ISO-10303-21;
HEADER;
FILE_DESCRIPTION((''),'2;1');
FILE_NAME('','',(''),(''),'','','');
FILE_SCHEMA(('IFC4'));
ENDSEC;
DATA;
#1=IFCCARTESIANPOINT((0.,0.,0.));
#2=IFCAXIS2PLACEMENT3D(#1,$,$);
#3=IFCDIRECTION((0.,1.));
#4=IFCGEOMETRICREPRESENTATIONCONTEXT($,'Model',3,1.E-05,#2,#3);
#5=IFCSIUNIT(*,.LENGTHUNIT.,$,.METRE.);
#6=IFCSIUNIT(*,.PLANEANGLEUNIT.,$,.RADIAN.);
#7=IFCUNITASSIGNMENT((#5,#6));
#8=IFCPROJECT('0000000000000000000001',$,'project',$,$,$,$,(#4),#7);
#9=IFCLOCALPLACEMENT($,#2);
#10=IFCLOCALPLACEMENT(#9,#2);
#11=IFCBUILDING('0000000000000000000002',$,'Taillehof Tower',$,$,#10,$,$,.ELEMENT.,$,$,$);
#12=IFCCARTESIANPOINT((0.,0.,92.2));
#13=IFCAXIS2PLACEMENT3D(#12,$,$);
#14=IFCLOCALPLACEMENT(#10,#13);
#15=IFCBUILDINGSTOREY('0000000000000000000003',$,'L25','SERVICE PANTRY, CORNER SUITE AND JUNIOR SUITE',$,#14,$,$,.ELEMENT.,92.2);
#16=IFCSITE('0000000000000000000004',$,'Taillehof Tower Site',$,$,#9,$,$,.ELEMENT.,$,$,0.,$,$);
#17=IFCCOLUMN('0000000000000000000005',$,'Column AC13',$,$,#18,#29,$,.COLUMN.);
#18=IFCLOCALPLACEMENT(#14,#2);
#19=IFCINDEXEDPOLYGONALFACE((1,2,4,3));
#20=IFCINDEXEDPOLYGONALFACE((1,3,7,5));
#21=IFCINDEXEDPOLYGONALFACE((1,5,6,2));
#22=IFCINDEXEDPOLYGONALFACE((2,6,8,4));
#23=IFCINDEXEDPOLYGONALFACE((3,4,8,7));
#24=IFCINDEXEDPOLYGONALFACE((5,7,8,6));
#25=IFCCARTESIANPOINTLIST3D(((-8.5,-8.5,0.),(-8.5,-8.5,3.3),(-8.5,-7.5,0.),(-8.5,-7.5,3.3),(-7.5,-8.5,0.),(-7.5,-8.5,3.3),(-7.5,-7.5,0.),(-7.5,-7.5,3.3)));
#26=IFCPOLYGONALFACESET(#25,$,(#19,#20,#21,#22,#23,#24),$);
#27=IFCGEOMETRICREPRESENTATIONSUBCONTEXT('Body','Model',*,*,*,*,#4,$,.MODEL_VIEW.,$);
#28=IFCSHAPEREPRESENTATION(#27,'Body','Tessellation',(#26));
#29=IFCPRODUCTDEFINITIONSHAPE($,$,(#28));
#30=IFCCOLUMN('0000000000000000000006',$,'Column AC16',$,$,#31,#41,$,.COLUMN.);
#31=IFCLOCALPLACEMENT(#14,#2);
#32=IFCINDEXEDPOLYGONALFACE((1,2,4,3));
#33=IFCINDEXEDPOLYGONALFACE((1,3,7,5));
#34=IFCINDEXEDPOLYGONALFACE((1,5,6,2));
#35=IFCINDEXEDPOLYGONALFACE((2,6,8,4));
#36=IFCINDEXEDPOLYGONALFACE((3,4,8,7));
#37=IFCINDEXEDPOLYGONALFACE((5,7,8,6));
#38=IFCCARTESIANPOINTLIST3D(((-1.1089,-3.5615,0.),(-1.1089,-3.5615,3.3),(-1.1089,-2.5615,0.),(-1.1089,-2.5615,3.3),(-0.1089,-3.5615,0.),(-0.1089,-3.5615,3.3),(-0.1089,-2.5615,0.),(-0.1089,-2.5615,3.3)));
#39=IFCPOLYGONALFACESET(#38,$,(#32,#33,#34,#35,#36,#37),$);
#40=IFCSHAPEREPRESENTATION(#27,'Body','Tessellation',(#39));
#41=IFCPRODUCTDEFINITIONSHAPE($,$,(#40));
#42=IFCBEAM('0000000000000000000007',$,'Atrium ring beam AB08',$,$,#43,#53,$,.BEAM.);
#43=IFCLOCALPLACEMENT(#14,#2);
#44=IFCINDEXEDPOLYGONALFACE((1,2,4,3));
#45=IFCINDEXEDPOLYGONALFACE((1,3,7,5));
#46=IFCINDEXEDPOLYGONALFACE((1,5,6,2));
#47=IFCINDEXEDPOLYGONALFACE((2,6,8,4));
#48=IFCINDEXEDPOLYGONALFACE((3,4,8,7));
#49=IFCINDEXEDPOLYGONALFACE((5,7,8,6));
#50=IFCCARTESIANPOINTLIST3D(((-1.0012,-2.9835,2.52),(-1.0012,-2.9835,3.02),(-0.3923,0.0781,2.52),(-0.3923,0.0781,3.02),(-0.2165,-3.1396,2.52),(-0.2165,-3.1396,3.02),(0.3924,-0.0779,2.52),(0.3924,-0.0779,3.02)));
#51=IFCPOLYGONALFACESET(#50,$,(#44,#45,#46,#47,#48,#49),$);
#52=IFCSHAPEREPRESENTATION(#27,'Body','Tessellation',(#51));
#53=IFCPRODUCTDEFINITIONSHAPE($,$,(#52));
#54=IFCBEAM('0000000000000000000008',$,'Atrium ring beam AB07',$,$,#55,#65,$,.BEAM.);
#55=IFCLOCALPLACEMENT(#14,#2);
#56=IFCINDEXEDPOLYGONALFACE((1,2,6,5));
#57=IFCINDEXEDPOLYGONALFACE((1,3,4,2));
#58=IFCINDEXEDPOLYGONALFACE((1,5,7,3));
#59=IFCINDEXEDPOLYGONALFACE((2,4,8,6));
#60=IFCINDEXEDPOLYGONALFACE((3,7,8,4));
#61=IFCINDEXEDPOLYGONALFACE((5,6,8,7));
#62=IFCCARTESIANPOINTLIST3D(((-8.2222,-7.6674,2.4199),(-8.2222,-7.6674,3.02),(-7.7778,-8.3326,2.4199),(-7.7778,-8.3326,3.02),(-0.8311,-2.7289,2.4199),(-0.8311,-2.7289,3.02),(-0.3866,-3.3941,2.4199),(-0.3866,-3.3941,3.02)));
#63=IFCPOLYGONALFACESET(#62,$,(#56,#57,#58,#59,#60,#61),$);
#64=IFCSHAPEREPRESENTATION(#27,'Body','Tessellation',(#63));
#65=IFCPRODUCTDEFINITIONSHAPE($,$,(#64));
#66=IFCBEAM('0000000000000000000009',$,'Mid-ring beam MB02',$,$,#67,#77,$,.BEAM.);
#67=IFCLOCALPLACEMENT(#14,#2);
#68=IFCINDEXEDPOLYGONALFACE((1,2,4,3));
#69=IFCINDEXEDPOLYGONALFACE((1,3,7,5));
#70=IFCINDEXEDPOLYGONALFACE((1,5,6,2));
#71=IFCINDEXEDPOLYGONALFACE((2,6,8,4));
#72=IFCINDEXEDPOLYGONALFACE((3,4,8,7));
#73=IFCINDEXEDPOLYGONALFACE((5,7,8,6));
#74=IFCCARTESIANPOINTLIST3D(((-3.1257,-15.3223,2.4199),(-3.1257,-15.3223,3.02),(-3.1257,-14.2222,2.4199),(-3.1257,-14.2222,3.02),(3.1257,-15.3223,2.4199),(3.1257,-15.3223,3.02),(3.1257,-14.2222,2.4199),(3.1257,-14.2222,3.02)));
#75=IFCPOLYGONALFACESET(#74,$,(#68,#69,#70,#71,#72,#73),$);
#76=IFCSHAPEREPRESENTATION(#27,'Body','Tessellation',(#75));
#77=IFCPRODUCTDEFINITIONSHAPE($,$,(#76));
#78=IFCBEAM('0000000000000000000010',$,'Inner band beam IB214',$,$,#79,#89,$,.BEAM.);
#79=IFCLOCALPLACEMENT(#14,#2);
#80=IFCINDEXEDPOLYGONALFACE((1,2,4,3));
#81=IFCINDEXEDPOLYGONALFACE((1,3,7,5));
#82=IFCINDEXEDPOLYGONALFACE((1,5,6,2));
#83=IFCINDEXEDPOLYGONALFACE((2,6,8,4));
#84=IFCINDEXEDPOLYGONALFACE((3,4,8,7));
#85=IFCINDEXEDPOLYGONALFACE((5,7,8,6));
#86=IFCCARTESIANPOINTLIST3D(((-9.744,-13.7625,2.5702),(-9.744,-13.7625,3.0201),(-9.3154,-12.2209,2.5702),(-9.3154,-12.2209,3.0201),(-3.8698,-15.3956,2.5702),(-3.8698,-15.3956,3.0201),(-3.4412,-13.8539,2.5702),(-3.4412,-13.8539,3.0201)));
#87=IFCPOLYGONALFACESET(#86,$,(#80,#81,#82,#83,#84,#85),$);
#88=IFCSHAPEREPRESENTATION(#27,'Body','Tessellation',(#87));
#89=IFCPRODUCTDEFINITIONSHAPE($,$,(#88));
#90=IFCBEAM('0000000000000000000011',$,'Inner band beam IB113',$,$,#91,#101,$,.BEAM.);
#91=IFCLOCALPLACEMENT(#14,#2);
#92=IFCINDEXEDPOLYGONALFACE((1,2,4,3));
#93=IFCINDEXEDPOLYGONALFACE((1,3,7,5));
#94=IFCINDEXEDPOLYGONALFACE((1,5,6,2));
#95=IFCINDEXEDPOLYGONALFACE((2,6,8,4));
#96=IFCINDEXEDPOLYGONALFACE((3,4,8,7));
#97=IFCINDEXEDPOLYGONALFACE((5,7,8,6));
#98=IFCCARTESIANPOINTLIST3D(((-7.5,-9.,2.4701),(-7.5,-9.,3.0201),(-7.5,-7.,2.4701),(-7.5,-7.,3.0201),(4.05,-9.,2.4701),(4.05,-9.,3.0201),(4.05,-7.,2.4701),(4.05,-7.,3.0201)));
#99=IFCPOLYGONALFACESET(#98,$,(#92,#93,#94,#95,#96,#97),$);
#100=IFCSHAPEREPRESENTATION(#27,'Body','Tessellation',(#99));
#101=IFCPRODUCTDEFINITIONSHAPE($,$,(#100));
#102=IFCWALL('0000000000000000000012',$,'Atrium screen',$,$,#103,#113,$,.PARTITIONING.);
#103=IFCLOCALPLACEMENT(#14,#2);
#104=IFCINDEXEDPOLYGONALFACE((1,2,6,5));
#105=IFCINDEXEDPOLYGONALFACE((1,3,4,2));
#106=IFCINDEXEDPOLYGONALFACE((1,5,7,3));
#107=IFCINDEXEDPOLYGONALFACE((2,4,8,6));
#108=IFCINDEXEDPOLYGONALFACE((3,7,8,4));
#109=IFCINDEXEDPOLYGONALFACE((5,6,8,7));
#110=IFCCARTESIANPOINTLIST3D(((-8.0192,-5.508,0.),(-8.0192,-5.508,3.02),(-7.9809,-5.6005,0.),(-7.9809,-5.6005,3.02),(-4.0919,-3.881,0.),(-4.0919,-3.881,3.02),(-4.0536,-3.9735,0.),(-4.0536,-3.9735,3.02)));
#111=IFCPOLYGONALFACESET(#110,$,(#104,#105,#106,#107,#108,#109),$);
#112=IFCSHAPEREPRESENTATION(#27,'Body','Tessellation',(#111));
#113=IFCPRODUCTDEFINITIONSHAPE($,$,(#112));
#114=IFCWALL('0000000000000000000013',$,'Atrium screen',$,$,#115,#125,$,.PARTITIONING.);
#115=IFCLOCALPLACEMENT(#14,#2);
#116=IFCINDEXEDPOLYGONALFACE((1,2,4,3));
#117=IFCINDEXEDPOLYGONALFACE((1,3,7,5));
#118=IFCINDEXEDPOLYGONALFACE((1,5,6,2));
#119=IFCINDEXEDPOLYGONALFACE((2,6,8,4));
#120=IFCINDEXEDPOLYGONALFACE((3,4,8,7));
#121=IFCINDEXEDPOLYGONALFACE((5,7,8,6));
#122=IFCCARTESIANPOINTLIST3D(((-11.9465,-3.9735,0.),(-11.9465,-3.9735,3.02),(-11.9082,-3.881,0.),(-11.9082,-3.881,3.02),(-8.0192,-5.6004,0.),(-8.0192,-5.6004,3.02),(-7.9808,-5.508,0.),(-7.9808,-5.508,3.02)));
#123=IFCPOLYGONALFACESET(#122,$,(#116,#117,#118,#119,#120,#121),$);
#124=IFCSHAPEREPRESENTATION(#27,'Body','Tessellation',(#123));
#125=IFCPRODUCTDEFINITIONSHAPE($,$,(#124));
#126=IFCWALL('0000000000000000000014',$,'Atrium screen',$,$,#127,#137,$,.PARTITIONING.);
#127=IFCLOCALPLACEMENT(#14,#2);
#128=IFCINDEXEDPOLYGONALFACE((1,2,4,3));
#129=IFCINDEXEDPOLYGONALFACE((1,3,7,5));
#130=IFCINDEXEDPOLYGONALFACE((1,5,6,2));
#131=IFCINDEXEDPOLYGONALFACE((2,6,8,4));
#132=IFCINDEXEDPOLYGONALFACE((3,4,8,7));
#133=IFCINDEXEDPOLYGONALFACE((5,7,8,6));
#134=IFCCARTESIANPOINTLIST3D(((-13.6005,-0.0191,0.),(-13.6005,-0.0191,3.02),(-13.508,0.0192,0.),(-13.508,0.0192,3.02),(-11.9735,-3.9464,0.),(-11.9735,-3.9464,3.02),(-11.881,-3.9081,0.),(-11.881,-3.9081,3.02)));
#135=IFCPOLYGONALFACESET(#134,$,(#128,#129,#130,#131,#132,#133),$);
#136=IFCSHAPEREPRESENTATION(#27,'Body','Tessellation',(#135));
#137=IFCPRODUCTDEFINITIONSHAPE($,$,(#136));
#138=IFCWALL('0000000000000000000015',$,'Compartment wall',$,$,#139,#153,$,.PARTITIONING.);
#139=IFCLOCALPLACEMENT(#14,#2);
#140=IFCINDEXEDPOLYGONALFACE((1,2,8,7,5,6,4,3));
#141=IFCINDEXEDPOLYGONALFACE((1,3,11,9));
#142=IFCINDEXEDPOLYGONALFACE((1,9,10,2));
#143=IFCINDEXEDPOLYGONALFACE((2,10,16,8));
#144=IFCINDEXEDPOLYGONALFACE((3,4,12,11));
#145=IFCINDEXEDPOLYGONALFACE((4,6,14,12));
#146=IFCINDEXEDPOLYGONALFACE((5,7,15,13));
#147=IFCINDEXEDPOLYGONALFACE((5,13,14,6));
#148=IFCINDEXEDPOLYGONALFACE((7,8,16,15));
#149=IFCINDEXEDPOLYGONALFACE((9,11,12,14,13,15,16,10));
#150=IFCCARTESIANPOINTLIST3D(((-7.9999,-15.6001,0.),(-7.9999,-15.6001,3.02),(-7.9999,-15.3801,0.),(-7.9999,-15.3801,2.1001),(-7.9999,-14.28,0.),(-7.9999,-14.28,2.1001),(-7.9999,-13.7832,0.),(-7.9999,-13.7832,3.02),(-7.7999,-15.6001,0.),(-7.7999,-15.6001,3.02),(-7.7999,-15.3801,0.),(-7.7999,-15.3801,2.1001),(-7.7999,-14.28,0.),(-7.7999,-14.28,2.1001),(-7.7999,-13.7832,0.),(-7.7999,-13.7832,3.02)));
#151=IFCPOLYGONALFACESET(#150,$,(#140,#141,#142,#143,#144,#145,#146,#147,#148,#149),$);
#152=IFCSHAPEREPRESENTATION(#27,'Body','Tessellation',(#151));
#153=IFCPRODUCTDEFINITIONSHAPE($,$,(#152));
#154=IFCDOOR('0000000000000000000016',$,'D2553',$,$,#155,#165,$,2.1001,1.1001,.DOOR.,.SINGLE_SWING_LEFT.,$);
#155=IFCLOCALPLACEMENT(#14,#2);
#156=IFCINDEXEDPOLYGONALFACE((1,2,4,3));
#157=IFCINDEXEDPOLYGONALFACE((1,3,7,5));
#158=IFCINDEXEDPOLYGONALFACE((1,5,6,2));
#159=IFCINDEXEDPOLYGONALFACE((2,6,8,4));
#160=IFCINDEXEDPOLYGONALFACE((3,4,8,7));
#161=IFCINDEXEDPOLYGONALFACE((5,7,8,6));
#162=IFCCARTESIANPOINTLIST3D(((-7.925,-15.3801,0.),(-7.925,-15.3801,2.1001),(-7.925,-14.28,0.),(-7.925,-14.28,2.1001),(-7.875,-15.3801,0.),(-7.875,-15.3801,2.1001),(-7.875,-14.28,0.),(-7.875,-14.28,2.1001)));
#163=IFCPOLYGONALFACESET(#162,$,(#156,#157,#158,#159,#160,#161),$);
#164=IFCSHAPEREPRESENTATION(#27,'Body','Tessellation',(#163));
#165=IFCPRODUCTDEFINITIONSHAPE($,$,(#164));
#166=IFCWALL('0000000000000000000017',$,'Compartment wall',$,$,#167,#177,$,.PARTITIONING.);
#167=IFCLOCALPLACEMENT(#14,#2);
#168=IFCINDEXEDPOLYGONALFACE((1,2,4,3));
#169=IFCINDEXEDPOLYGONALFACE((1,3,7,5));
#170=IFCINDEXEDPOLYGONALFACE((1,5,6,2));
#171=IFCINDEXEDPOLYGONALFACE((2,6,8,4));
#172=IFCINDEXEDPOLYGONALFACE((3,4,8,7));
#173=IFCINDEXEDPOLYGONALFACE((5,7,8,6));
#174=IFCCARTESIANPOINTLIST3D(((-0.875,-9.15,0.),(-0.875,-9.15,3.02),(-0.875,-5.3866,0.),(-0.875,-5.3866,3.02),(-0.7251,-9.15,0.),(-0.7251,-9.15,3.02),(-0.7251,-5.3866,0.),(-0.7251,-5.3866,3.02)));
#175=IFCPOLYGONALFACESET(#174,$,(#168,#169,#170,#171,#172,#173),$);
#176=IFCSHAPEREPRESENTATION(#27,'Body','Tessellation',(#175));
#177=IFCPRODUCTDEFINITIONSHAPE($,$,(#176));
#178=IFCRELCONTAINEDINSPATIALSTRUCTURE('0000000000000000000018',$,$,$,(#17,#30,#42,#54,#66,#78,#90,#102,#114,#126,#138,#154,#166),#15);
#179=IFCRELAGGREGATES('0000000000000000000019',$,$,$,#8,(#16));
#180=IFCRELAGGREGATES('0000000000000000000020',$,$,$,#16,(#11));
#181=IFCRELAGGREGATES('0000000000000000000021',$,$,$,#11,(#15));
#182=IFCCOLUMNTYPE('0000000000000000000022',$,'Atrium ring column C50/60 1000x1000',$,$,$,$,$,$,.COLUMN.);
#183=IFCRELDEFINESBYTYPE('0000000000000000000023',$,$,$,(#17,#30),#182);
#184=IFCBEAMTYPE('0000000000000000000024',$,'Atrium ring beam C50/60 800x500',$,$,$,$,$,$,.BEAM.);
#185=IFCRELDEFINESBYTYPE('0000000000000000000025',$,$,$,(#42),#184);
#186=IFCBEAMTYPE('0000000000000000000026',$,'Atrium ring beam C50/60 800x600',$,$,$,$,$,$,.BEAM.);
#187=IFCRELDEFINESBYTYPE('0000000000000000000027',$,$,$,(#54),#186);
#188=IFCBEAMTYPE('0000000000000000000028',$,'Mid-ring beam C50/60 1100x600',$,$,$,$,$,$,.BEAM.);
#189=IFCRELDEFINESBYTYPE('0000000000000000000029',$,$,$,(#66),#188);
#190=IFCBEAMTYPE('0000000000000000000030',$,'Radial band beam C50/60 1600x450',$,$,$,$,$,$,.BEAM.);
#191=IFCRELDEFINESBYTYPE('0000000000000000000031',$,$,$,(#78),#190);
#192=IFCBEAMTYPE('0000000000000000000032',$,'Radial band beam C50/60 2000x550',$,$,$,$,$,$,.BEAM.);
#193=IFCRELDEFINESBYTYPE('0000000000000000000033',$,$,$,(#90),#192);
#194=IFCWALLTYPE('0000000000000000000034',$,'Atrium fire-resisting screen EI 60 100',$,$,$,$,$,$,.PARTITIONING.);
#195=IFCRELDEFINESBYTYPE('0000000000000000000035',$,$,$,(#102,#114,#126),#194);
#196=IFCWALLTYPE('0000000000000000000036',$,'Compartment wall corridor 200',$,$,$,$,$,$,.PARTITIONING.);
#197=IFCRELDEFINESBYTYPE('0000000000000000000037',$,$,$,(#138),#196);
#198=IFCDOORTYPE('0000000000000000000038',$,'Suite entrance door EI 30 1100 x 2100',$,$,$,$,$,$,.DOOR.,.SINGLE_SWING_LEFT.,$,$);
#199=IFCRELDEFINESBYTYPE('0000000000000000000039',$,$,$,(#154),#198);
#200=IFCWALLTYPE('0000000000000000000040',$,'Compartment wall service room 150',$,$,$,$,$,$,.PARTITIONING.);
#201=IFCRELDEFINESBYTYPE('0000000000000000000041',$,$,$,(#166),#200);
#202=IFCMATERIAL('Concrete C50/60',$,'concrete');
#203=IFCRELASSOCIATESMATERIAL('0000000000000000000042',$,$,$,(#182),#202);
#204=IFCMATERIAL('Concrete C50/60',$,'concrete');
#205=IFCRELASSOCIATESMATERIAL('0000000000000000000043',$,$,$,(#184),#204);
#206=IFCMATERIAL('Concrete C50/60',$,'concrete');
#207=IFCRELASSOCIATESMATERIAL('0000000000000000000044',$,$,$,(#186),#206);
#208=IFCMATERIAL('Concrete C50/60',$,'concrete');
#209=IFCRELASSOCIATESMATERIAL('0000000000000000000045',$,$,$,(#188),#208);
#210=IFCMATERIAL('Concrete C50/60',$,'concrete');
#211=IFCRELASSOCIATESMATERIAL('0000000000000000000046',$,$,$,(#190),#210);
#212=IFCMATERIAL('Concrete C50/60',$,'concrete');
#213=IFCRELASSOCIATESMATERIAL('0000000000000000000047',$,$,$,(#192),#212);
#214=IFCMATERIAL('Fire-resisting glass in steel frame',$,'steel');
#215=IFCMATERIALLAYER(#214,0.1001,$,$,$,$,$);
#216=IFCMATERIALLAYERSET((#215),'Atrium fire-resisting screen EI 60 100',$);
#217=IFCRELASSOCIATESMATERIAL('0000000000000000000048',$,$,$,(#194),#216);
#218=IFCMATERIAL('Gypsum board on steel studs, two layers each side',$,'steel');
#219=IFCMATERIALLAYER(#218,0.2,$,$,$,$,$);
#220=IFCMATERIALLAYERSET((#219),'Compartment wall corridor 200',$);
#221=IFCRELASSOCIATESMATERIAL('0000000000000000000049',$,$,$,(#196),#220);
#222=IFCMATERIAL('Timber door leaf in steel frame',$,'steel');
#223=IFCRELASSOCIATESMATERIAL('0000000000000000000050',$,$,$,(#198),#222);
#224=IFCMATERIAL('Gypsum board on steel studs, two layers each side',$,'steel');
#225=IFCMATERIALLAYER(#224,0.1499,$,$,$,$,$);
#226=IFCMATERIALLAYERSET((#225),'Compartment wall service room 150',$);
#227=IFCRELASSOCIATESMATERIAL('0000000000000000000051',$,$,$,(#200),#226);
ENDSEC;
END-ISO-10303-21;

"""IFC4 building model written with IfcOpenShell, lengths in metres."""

from ifc_helpers import new_model, si_unit, direction, frame, frame_2d, origin, origin_2d, place, context, subcontext, project, spatial, rectangle, extrude, material, layer, layer_set, material_profile, profile_set, type_object, element, fill, save


model = new_model("IFC4")

# Units and contexts
model_context = context("Model", 3, precision=1e-05, world=origin(), true_north=direction((0.0, 1.0)))
body_context = subcontext(model_context, "Body", "Model", "MODEL_VIEW")
ifc_project = project(units=[si_unit("LENGTHUNIT", "METRE"), si_unit("PLANEANGLEUNIT", "RADIAN")], contexts=[model_context])

# Site, building, storey
site_placement = place(None, origin())
site = spatial("IfcSite", under=ifc_project, at=site_placement, Name="Taillehof Tower Site", CompositionType="ELEMENT", RefElevation=0.0)
building_placement = place(site_placement, origin())
building = spatial("IfcBuilding", under=site, at=building_placement, Name="Taillehof Tower", CompositionType="ELEMENT")
storey_placement = place(building_placement, frame((0.0, 0.0, 92.2)))
storey = spatial("IfcBuildingStorey", under=building, at=storey_placement, Name="L25", Description="SERVICE PANTRY, CORNER SUITE AND JUNIOR SUITE", CompositionType="ELEMENT", Elevation=92.2)

# Columns
ifc_material_1 = material(Name="Concrete C50/60", Category="concrete")
ifc_material_profile_1 = material_profile(ifc_material_1, rectangle(XDim=1.0, YDim=1.0, at=origin_2d()), Name="RC 1000x1000")
ifc_profile_set_1 = profile_set([ifc_material_profile_1], Name="Concrete C50/60")
column_type = type_object("IfcColumnType", Name="Atrium ring column C50/60 1000x1000", PredefinedType="COLUMN", material=ifc_profile_set_1)
for number, where, z_axis, x_axis, name in (
    (1, (-8.0, -8.0, 0.0), (0.0, 0.0, 1.0), (1.0, 0.0, 0.0), "Column AC13"),
    (2, (-0.6089, -3.0615, 0.0), (0.0, 0.0, 1.0), (1.0, 0.0, 0.0), "Column AC16"),
):
    element("IfcColumn", number, at=place(storey_placement, frame(where, z_axis=z_axis, x_axis=x_axis)), inside=storey, type_object=column_type, Name=name, PredefinedType="COLUMN", context=body_context, shape_type="SweptSolid", body=[
        extrude(rectangle(XDim=1.0, YDim=1.0, at=origin_2d()), origin(), (0.0, 0.0, 1.0), 3.3),
    ])

# Beams
ifc_material_2 = material(Name="Concrete C50/60", Category="concrete")
ifc_material_profile_2 = material_profile(ifc_material_2, rectangle(XDim=0.8, YDim=0.5, at=origin_2d()), Name="RC 800x500")
ifc_profile_set_2 = profile_set([ifc_material_profile_2], Name="Concrete C50/60")
beam_type_1 = type_object("IfcBeamType", Name="Atrium ring beam C50/60 800x500", PredefinedType="BEAM", material=ifc_profile_set_2)
beam_1_placement = place(storey_placement, frame((-0.6089, -3.0615, 2.77), z_axis=(0.195063, 0.980791, 0.0), x_axis=(-0.980791, 0.195063, 0.0)))
element("IfcBeam", 3, at=beam_1_placement, inside=storey, type_object=beam_type_1, Name="Atrium ring beam AB08", PredefinedType="BEAM", context=body_context, shape_type="SweptSolid", body=[
    extrude(rectangle(XDim=0.8, YDim=0.5, at=origin_2d()), origin(), (0.0, 0.0, 1.0), 3.1216),
])
ifc_material_3 = material(Name="Concrete C50/60", Category="concrete")
ifc_material_profile_3 = material_profile(ifc_material_3, rectangle(XDim=0.8, YDim=0.6001, at=origin_2d()), Name="RC 800x600")
ifc_profile_set_3 = profile_set([ifc_material_profile_3], Name="Concrete C50/60")
beam_type_2 = type_object("IfcBeamType", Name="Atrium ring beam C50/60 800x600", PredefinedType="BEAM", material=ifc_profile_set_3)
beam_2_placement = place(storey_placement, frame((-8.0, -8.0, 2.72), z_axis=(0.831475, 0.555562, 0.0), x_axis=(-0.555562, 0.831475, 0.0)))
element("IfcBeam", 4, at=beam_2_placement, inside=storey, type_object=beam_type_2, Name="Atrium ring beam AB07", PredefinedType="BEAM", context=body_context, shape_type="SweptSolid", body=[
    extrude(rectangle(XDim=0.8, YDim=0.6001, at=origin_2d()), origin(), (0.0, 0.0, 1.0), 8.8892),
])
ifc_material_4 = material(Name="Concrete C50/60", Category="concrete")
ifc_material_profile_4 = material_profile(ifc_material_4, rectangle(XDim=1.1001, YDim=0.6001, at=origin_2d()), Name="RC 1100x600")
ifc_profile_set_4 = profile_set([ifc_material_profile_4], Name="Concrete C50/60")
beam_type_3 = type_object("IfcBeamType", Name="Mid-ring beam C50/60 1100x600", PredefinedType="BEAM", material=ifc_profile_set_4)
beam_3_placement = place(storey_placement, frame((-3.1257, -14.7722, 2.72), z_axis=(1.0, 0.0, 0.0), x_axis=(0.0, 1.0, 0.0)))
element("IfcBeam", 5, at=beam_3_placement, inside=storey, type_object=beam_type_3, Name="Mid-ring beam MB02", PredefinedType="BEAM", context=body_context, shape_type="SweptSolid", body=[
    extrude(rectangle(XDim=1.1001, YDim=0.6001, at=origin_2d()), origin(), (0.0, 0.0, 1.0), 6.2515),
])
ifc_material_5 = material(Name="Concrete C50/60", Category="concrete")
ifc_material_profile_5 = material_profile(ifc_material_5, rectangle(XDim=1.6001, YDim=0.45, at=origin_2d()), Name="RC 1600x450")
ifc_profile_set_5 = profile_set([ifc_material_profile_5], Name="Concrete C50/60")
beam_type_4 = type_object("IfcBeamType", Name="Radial band beam C50/60 1600x450", PredefinedType="BEAM", material=ifc_profile_set_5)
beam_4_placement = place(storey_placement, frame((-3.6555, -14.6248, 2.7952), z_axis=(-0.963459, 0.267855, 0.0), x_axis=(-0.267855, -0.963459, 0.0)))
element("IfcBeam", 6, at=beam_4_placement, inside=storey, type_object=beam_type_4, Name="Inner band beam IB214", PredefinedType="BEAM", context=body_context, shape_type="SweptSolid", body=[
    extrude(rectangle(XDim=1.6001, YDim=0.45, at=origin_2d()), origin(), (0.0, 0.0, 1.0), 6.0969),
])
ifc_material_6 = material(Name="Concrete C50/60", Category="concrete")
ifc_material_profile_6 = material_profile(ifc_material_6, rectangle(XDim=2.0, YDim=0.55, at=origin_2d()), Name="RC 2000x550")
ifc_profile_set_6 = profile_set([ifc_material_profile_6], Name="Concrete C50/60")
beam_type_5 = type_object("IfcBeamType", Name="Radial band beam C50/60 2000x550", PredefinedType="BEAM", material=ifc_profile_set_6)
beam_5_placement = place(storey_placement, frame((-7.5, -8.0, 2.7451), z_axis=(1.0, 0.0, 0.0), x_axis=(0.0, 1.0, 0.0)))
element("IfcBeam", 7, at=beam_5_placement, inside=storey, type_object=beam_type_5, Name="Inner band beam IB113", PredefinedType="BEAM", context=body_context, shape_type="SweptSolid", body=[
    extrude(rectangle(XDim=2.0, YDim=0.55, at=origin_2d()), origin(), (0.0, 0.0, 1.0), 11.55),
])

# Walls
ifc_material_7 = material(Name="Fire-resisting glass in steel frame", Category="steel")
ifc_layer_1 = layer(ifc_material_7, 0.1001)
ifc_layer_set_1 = layer_set([ifc_layer_1], Name="Atrium fire-resisting screen EI 60 100")
wall_type_1 = type_object("IfcWallType", Name="Atrium fire-resisting screen EI 60 100", PredefinedType="PARTITIONING", material=ifc_layer_set_1)
for number, where, z_axis, x_axis, name in (
    (8, (-4.0728, -3.9272, 0.0), (0.0, 0.0, 1.0), (-0.92386, -0.382731, 0.0), "Atrium screen"),
    (9, (-8.0, -5.5542, 0.0), (0.0, 0.0, 1.0), (-0.92386, 0.382731, 0.0), "Atrium screen"),
    (10, (-11.9272, -3.9272, 0.0), (0.0, 0.0, 1.0), (-0.382731, 0.92386, 0.0), "Atrium screen"),
):
    element("IfcWall", number, at=place(storey_placement, frame(where, z_axis=z_axis, x_axis=x_axis)), inside=storey, type_object=wall_type_1, Name=name, PredefinedType="PARTITIONING", context=body_context, shape_type="SweptSolid", body=[
        extrude(rectangle(XDim=4.251, YDim=0.1001, at=frame_2d((2.1255, 0.0))), origin(), (0.0, 0.0, 1.0), 3.02),
    ])

# Wall, opening, door
ifc_material_8 = material(Name="Gypsum board on steel studs, two layers each side", Category="steel")
ifc_layer_2 = layer(ifc_material_8, 0.2)
ifc_layer_set_2 = layer_set([ifc_layer_2], Name="Compartment wall corridor 200")
wall_type_2 = type_object("IfcWallType", Name="Compartment wall corridor 200", PredefinedType="PARTITIONING", material=ifc_layer_set_2)
wall_1_placement = place(storey_placement, frame((-7.8999, -13.7832, 0.0), z_axis=(0.0, 0.0, 1.0), x_axis=(0.0, -1.0, 0.0)))
wall_1 = element("IfcWall", 11, at=wall_1_placement, inside=storey, type_object=wall_type_2, Name="Compartment wall", PredefinedType="PARTITIONING", context=body_context, shape_type="SweptSolid", body=[
    extrude(rectangle(XDim=1.8169, YDim=0.2, at=frame_2d((0.9084, 0.0))), origin(), (0.0, 0.0, 1.0), 3.02),
])
opening_1_placement = place(wall_1_placement, frame((0.4968, 0.0, 0.0)))
opening_1 = element("IfcOpeningElement", 12, at=opening_1_placement, cuts=wall_1, PredefinedType="OPENING", context=body_context, shape_type="SweptSolid", body=[
    extrude(rectangle(XDim=1.1001, YDim=2.1001, at=frame_2d((0.55, 1.05))), frame((0.0, 0.1099, 0.0), z_axis=(0.0, -1.0, 0.0), x_axis=(1.0, 0.0, 0.0)), (0.0, 0.0, 1.0), 0.22),
])
ifc_material_9 = material(Name="Timber door leaf in steel frame", Category="steel")
door_type_1 = type_object("IfcDoorType", Name="Suite entrance door EI 30 1100 x 2100", OperationType="SINGLE_SWING_LEFT", PredefinedType="DOOR", material=ifc_material_9)
door_1_placement = place(opening_1_placement, origin())
door_1 = element("IfcDoor", 13, at=door_1_placement, inside=storey, type_object=door_type_1, Name="D2553", OperationType="SINGLE_SWING_LEFT", OverallHeight=2.1001, OverallWidth=1.1001, PredefinedType="DOOR", context=body_context, shape_type="SweptSolid", body=[
    extrude(rectangle(XDim=1.1001, YDim=2.1001, at=frame_2d((0.55, 1.05))), frame((0.0, 0.0249, 0.0), z_axis=(0.0, -1.0, 0.0), x_axis=(1.0, 0.0, 0.0)), (0.0, 0.0, 1.0), 0.05),
])
fill(opening_1, door_1)

# Wall
ifc_material_10 = material(Name="Gypsum board on steel studs, two layers each side", Category="steel")
ifc_layer_3 = layer(ifc_material_10, 0.1499)
ifc_layer_set_3 = layer_set([ifc_layer_3], Name="Compartment wall service room 150")
wall_type_3 = type_object("IfcWallType", Name="Compartment wall service room 150", PredefinedType="PARTITIONING", material=ifc_layer_set_3)
wall_2_placement = place(storey_placement, frame((-0.8, -5.3865, 0.0), z_axis=(0.0, 0.0, 1.0), x_axis=(0.0, -1.0, 0.0)))
element("IfcWall", 14, at=wall_2_placement, inside=storey, type_object=wall_type_3, Name="Compartment wall", PredefinedType="PARTITIONING", context=body_context, shape_type="SweptSolid", body=[
    extrude(rectangle(XDim=3.7634, YDim=0.1499, at=frame_2d((1.8818, 0.0))), origin(), (0.0, 0.0, 1.0), 3.02),
])

save(model, "model.ifc")
